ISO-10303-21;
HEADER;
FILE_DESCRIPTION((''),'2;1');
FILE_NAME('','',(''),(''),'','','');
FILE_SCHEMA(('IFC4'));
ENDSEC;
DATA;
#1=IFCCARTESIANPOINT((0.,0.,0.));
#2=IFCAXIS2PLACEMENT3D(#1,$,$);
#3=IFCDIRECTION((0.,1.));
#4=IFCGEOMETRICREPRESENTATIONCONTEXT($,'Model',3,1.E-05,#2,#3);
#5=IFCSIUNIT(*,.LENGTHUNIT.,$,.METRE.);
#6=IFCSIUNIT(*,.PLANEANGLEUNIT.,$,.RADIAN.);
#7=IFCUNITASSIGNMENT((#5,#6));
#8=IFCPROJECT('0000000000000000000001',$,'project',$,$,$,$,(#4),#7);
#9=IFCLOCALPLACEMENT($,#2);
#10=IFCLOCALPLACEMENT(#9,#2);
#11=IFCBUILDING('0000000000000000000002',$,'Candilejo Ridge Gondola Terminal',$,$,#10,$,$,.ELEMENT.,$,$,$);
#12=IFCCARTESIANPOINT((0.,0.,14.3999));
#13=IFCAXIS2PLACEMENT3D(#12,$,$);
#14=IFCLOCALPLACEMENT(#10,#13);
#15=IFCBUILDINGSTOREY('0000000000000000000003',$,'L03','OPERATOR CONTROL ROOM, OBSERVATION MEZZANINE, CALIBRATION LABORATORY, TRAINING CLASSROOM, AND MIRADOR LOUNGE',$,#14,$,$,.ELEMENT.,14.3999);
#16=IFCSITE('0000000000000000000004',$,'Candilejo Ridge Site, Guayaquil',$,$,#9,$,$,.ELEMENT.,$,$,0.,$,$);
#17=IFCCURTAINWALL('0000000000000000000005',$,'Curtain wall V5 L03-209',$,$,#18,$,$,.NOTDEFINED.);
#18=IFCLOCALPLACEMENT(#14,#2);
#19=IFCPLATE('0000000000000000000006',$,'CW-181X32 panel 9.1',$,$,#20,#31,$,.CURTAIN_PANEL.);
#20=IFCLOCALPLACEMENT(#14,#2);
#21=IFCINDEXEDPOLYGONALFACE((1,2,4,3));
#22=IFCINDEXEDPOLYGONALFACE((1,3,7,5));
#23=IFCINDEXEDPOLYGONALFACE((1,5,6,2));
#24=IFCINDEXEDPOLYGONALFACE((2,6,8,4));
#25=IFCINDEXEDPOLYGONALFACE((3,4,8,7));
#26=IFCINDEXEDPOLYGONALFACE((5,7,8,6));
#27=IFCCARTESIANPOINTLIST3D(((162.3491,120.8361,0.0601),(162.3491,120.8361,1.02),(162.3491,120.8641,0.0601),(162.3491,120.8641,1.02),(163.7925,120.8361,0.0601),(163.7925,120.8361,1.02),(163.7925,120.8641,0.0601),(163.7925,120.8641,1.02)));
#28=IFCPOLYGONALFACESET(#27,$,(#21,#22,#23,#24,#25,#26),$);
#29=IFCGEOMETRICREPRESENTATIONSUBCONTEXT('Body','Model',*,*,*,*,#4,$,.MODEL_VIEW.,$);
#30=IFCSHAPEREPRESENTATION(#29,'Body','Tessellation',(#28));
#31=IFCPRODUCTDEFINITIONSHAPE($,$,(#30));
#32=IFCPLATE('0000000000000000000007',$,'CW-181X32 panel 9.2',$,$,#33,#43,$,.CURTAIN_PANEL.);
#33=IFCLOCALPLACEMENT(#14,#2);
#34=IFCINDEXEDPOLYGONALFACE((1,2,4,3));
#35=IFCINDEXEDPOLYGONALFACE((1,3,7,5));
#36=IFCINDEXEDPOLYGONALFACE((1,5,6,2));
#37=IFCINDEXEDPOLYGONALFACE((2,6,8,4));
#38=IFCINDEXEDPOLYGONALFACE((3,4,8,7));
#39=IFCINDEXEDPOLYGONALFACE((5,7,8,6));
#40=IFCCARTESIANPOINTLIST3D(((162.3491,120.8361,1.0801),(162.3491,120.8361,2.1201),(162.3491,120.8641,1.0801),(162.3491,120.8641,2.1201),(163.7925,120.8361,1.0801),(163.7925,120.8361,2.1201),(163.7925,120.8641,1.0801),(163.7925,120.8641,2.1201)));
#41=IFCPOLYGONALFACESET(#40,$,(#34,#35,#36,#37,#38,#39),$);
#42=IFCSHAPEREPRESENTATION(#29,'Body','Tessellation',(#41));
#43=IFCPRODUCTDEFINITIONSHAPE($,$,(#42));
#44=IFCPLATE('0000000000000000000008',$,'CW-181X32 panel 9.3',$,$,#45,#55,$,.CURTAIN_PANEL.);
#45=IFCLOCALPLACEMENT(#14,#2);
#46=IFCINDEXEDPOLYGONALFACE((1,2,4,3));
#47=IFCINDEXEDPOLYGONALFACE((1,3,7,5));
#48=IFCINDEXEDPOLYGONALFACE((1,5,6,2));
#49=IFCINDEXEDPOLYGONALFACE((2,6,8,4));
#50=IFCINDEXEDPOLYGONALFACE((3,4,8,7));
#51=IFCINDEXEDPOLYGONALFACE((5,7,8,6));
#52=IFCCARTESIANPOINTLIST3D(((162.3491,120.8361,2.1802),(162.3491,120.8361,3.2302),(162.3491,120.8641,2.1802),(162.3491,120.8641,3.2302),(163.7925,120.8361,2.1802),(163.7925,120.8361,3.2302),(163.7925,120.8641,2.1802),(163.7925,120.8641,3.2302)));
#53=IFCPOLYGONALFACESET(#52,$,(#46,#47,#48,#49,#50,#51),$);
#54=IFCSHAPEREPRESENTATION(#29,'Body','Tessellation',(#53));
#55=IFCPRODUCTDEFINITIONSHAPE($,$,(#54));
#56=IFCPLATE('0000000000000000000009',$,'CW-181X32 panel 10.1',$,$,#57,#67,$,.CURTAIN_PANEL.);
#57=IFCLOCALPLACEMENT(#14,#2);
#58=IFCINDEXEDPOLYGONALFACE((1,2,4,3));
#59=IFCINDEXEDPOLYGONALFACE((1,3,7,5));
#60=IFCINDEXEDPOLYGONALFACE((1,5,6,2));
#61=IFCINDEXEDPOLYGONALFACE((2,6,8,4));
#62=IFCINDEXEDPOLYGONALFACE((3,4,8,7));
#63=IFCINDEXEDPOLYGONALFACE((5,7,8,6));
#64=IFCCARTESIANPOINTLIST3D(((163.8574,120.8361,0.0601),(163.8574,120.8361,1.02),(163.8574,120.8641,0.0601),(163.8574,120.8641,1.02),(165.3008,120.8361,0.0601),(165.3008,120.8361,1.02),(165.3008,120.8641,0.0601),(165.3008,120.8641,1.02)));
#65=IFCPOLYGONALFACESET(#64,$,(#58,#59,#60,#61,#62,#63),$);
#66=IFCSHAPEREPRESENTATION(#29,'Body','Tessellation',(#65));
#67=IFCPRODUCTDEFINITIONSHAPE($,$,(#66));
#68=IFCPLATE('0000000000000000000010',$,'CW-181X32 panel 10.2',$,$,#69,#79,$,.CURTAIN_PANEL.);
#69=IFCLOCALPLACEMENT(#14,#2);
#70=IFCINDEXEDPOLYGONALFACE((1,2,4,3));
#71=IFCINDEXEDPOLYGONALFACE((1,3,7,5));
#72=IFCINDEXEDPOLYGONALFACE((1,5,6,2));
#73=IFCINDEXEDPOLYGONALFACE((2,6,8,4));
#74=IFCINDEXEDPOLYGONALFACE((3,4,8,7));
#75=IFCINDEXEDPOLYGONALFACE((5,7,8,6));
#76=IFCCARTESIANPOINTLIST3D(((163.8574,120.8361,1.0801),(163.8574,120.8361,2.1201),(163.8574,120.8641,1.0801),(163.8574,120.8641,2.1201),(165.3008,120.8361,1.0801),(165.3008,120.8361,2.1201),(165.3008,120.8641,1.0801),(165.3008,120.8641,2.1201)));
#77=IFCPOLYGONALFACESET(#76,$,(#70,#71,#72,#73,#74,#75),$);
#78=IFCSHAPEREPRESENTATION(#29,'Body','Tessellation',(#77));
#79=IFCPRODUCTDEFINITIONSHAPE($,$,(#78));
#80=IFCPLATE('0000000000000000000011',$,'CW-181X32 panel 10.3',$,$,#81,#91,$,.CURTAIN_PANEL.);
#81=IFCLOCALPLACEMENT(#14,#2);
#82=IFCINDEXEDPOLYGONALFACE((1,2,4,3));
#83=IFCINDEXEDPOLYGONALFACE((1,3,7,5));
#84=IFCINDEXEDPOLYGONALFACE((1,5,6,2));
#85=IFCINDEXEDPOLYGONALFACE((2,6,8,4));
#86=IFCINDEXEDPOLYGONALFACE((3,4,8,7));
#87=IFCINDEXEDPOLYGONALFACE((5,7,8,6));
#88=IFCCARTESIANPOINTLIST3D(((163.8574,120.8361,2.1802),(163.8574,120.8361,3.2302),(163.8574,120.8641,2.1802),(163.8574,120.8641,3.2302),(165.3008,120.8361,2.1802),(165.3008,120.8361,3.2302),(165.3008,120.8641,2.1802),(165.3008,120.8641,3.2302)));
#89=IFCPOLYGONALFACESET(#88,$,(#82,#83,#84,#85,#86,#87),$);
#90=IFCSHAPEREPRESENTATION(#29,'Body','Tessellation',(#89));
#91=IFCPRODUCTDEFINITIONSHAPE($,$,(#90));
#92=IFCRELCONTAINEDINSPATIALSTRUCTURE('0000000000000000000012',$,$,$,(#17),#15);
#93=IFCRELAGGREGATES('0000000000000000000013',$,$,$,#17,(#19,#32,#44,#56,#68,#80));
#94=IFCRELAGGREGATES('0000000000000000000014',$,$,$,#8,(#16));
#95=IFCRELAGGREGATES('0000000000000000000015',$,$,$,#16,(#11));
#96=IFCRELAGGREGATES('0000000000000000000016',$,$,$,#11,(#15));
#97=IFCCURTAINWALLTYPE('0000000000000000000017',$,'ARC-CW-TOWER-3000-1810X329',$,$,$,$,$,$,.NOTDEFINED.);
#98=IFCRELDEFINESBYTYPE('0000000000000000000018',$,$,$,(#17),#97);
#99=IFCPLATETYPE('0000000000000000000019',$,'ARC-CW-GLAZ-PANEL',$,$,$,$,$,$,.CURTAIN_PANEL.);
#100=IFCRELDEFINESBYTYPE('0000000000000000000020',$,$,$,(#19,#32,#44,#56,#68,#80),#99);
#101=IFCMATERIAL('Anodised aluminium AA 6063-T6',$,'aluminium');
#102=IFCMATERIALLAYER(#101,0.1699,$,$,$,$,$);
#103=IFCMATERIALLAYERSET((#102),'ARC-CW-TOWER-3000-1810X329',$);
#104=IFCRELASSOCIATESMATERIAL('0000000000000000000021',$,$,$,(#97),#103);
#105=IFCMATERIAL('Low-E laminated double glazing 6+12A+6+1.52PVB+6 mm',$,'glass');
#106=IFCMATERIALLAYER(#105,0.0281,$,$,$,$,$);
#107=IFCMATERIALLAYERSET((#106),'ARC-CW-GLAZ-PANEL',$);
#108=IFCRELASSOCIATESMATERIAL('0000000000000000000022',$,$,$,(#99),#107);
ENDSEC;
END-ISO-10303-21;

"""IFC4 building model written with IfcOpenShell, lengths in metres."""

from ifc_helpers import new_model, si_unit, direction, frame, origin, origin_2d, place, context, subcontext, project, spatial, rectangle, extrude, material, layer, layer_set, type_object, element, aggregate, save


model = new_model("IFC4")

# Units and contexts
model_context = context("Model", 3, precision=1e-05, world=origin(), true_north=direction((0.0, 1.0)))
body_context = subcontext(model_context, "Body", "Model", "MODEL_VIEW")
ifc_project = project(units=[si_unit("LENGTHUNIT", "METRE"), si_unit("PLANEANGLEUNIT", "RADIAN")], contexts=[model_context])

# Site, building, storey
site_placement = place(None, origin())
site = spatial("IfcSite", under=ifc_project, at=site_placement, Name="Candilejo Ridge Site, Guayaquil", CompositionType="ELEMENT", RefElevation=0.0)
building_placement = place(site_placement, origin())
building = spatial("IfcBuilding", under=site, at=building_placement, Name="Candilejo Ridge Gondola Terminal", CompositionType="ELEMENT")
storey_placement = place(building_placement, frame((0.0, 0.0, 14.3999)))
storey = spatial("IfcBuildingStorey", under=building, at=storey_placement, Name="L03", Description="OPERATOR CONTROL ROOM, OBSERVATION MEZZANINE, CALIBRATION LABORATORY, TRAINING CLASSROOM, AND MIRADOR LOUNGE", CompositionType="ELEMENT", Elevation=14.3999)

# Curtain wall, plates
ifc_material_1 = material(Name="Anodised aluminium AA 6063-T6", Category="aluminium")
ifc_layer_1 = layer(ifc_material_1, 0.1699)
ifc_layer_set_1 = layer_set([ifc_layer_1], Name="ARC-CW-TOWER-3000-1810X329")
curtain_wall_type = type_object("IfcCurtainWallType", Name="ARC-CW-TOWER-3000-1810X329", PredefinedType="NOTDEFINED", material=ifc_layer_set_1)
curtain_wall_placement = place(storey_placement, origin())
curtain_wall = element("IfcCurtainWall", 1, at=curtain_wall_placement, inside=storey, type_object=curtain_wall_type, Name="Curtain wall V5 L03-209", PredefinedType="NOTDEFINED")
ifc_material_2 = material(Name="Low-E laminated double glazing 6+12A+6+1.52PVB+6 mm", Category="glass")
ifc_layer_2 = layer(ifc_material_2, 0.0281)
ifc_layer_set_2 = layer_set([ifc_layer_2], Name="ARC-CW-GLAZ-PANEL")
plate_type = type_object("IfcPlateType", Name="ARC-CW-GLAZ-PANEL", PredefinedType="CURTAIN_PANEL", material=ifc_layer_set_2)
plate_1_placement = place(storey_placement, frame((163.0708, 120.8501, 0.0601), z_axis=(0.0, 0.0, 1.0), x_axis=(1.0, 0.0, 0.0)))
plate_1 = element("IfcPlate", 2, at=plate_1_placement, type_object=plate_type, Name="CW-181X32 panel 9.1", PredefinedType="CURTAIN_PANEL", context=body_context, shape_type="SweptSolid", body=[
    extrude(rectangle(XDim=1.4434, YDim=0.0281, at=origin_2d()), origin(), (0.0, 0.0, 1.0), 0.96),
])
plate_2_placement = place(storey_placement, frame((163.0708, 120.8501, 1.0801), z_axis=(0.0, 0.0, 1.0), x_axis=(1.0, 0.0, 0.0)))
plate_2 = element("IfcPlate", 3, at=plate_2_placement, type_object=plate_type, Name="CW-181X32 panel 9.2", PredefinedType="CURTAIN_PANEL", context=body_context, shape_type="SweptSolid", body=[
    extrude(rectangle(XDim=1.4434, YDim=0.0281, at=origin_2d()), origin(), (0.0, 0.0, 1.0), 1.04),
])
plate_3_placement = place(storey_placement, frame((163.0708, 120.8501, 2.1802), z_axis=(0.0, 0.0, 1.0), x_axis=(1.0, 0.0, 0.0)))
plate_3 = element("IfcPlate", 4, at=plate_3_placement, type_object=plate_type, Name="CW-181X32 panel 9.3", PredefinedType="CURTAIN_PANEL", context=body_context, shape_type="SweptSolid", body=[
    extrude(rectangle(XDim=1.4434, YDim=0.0281, at=origin_2d()), origin(), (0.0, 0.0, 1.0), 1.05),
])
plate_4_placement = place(storey_placement, frame((164.5791, 120.8501, 0.0601), z_axis=(0.0, 0.0, 1.0), x_axis=(1.0, 0.0, 0.0)))
plate_4 = element("IfcPlate", 5, at=plate_4_placement, type_object=plate_type, Name="CW-181X32 panel 10.1", PredefinedType="CURTAIN_PANEL", context=body_context, shape_type="SweptSolid", body=[
    extrude(rectangle(XDim=1.4434, YDim=0.0281, at=origin_2d()), origin(), (0.0, 0.0, 1.0), 0.96),
])
plate_5_placement = place(storey_placement, frame((164.5791, 120.8501, 1.0801), z_axis=(0.0, 0.0, 1.0), x_axis=(1.0, 0.0, 0.0)))
plate_5 = element("IfcPlate", 6, at=plate_5_placement, type_object=plate_type, Name="CW-181X32 panel 10.2", PredefinedType="CURTAIN_PANEL", context=body_context, shape_type="SweptSolid", body=[
    extrude(rectangle(XDim=1.4434, YDim=0.0281, at=origin_2d()), origin(), (0.0, 0.0, 1.0), 1.04),
])
plate_6_placement = place(storey_placement, frame((164.5791, 120.8501, 2.1802), z_axis=(0.0, 0.0, 1.0), x_axis=(1.0, 0.0, 0.0)))
plate_6 = element("IfcPlate", 7, at=plate_6_placement, type_object=plate_type, Name="CW-181X32 panel 10.3", PredefinedType="CURTAIN_PANEL", context=body_context, shape_type="SweptSolid", body=[
    extrude(rectangle(XDim=1.4434, YDim=0.0281, at=origin_2d()), origin(), (0.0, 0.0, 1.0), 1.05),
])
aggregate(curtain_wall, [plate_1, plate_2, plate_3, plate_4, plate_5, plate_6])

save(model, "model.ifc")
